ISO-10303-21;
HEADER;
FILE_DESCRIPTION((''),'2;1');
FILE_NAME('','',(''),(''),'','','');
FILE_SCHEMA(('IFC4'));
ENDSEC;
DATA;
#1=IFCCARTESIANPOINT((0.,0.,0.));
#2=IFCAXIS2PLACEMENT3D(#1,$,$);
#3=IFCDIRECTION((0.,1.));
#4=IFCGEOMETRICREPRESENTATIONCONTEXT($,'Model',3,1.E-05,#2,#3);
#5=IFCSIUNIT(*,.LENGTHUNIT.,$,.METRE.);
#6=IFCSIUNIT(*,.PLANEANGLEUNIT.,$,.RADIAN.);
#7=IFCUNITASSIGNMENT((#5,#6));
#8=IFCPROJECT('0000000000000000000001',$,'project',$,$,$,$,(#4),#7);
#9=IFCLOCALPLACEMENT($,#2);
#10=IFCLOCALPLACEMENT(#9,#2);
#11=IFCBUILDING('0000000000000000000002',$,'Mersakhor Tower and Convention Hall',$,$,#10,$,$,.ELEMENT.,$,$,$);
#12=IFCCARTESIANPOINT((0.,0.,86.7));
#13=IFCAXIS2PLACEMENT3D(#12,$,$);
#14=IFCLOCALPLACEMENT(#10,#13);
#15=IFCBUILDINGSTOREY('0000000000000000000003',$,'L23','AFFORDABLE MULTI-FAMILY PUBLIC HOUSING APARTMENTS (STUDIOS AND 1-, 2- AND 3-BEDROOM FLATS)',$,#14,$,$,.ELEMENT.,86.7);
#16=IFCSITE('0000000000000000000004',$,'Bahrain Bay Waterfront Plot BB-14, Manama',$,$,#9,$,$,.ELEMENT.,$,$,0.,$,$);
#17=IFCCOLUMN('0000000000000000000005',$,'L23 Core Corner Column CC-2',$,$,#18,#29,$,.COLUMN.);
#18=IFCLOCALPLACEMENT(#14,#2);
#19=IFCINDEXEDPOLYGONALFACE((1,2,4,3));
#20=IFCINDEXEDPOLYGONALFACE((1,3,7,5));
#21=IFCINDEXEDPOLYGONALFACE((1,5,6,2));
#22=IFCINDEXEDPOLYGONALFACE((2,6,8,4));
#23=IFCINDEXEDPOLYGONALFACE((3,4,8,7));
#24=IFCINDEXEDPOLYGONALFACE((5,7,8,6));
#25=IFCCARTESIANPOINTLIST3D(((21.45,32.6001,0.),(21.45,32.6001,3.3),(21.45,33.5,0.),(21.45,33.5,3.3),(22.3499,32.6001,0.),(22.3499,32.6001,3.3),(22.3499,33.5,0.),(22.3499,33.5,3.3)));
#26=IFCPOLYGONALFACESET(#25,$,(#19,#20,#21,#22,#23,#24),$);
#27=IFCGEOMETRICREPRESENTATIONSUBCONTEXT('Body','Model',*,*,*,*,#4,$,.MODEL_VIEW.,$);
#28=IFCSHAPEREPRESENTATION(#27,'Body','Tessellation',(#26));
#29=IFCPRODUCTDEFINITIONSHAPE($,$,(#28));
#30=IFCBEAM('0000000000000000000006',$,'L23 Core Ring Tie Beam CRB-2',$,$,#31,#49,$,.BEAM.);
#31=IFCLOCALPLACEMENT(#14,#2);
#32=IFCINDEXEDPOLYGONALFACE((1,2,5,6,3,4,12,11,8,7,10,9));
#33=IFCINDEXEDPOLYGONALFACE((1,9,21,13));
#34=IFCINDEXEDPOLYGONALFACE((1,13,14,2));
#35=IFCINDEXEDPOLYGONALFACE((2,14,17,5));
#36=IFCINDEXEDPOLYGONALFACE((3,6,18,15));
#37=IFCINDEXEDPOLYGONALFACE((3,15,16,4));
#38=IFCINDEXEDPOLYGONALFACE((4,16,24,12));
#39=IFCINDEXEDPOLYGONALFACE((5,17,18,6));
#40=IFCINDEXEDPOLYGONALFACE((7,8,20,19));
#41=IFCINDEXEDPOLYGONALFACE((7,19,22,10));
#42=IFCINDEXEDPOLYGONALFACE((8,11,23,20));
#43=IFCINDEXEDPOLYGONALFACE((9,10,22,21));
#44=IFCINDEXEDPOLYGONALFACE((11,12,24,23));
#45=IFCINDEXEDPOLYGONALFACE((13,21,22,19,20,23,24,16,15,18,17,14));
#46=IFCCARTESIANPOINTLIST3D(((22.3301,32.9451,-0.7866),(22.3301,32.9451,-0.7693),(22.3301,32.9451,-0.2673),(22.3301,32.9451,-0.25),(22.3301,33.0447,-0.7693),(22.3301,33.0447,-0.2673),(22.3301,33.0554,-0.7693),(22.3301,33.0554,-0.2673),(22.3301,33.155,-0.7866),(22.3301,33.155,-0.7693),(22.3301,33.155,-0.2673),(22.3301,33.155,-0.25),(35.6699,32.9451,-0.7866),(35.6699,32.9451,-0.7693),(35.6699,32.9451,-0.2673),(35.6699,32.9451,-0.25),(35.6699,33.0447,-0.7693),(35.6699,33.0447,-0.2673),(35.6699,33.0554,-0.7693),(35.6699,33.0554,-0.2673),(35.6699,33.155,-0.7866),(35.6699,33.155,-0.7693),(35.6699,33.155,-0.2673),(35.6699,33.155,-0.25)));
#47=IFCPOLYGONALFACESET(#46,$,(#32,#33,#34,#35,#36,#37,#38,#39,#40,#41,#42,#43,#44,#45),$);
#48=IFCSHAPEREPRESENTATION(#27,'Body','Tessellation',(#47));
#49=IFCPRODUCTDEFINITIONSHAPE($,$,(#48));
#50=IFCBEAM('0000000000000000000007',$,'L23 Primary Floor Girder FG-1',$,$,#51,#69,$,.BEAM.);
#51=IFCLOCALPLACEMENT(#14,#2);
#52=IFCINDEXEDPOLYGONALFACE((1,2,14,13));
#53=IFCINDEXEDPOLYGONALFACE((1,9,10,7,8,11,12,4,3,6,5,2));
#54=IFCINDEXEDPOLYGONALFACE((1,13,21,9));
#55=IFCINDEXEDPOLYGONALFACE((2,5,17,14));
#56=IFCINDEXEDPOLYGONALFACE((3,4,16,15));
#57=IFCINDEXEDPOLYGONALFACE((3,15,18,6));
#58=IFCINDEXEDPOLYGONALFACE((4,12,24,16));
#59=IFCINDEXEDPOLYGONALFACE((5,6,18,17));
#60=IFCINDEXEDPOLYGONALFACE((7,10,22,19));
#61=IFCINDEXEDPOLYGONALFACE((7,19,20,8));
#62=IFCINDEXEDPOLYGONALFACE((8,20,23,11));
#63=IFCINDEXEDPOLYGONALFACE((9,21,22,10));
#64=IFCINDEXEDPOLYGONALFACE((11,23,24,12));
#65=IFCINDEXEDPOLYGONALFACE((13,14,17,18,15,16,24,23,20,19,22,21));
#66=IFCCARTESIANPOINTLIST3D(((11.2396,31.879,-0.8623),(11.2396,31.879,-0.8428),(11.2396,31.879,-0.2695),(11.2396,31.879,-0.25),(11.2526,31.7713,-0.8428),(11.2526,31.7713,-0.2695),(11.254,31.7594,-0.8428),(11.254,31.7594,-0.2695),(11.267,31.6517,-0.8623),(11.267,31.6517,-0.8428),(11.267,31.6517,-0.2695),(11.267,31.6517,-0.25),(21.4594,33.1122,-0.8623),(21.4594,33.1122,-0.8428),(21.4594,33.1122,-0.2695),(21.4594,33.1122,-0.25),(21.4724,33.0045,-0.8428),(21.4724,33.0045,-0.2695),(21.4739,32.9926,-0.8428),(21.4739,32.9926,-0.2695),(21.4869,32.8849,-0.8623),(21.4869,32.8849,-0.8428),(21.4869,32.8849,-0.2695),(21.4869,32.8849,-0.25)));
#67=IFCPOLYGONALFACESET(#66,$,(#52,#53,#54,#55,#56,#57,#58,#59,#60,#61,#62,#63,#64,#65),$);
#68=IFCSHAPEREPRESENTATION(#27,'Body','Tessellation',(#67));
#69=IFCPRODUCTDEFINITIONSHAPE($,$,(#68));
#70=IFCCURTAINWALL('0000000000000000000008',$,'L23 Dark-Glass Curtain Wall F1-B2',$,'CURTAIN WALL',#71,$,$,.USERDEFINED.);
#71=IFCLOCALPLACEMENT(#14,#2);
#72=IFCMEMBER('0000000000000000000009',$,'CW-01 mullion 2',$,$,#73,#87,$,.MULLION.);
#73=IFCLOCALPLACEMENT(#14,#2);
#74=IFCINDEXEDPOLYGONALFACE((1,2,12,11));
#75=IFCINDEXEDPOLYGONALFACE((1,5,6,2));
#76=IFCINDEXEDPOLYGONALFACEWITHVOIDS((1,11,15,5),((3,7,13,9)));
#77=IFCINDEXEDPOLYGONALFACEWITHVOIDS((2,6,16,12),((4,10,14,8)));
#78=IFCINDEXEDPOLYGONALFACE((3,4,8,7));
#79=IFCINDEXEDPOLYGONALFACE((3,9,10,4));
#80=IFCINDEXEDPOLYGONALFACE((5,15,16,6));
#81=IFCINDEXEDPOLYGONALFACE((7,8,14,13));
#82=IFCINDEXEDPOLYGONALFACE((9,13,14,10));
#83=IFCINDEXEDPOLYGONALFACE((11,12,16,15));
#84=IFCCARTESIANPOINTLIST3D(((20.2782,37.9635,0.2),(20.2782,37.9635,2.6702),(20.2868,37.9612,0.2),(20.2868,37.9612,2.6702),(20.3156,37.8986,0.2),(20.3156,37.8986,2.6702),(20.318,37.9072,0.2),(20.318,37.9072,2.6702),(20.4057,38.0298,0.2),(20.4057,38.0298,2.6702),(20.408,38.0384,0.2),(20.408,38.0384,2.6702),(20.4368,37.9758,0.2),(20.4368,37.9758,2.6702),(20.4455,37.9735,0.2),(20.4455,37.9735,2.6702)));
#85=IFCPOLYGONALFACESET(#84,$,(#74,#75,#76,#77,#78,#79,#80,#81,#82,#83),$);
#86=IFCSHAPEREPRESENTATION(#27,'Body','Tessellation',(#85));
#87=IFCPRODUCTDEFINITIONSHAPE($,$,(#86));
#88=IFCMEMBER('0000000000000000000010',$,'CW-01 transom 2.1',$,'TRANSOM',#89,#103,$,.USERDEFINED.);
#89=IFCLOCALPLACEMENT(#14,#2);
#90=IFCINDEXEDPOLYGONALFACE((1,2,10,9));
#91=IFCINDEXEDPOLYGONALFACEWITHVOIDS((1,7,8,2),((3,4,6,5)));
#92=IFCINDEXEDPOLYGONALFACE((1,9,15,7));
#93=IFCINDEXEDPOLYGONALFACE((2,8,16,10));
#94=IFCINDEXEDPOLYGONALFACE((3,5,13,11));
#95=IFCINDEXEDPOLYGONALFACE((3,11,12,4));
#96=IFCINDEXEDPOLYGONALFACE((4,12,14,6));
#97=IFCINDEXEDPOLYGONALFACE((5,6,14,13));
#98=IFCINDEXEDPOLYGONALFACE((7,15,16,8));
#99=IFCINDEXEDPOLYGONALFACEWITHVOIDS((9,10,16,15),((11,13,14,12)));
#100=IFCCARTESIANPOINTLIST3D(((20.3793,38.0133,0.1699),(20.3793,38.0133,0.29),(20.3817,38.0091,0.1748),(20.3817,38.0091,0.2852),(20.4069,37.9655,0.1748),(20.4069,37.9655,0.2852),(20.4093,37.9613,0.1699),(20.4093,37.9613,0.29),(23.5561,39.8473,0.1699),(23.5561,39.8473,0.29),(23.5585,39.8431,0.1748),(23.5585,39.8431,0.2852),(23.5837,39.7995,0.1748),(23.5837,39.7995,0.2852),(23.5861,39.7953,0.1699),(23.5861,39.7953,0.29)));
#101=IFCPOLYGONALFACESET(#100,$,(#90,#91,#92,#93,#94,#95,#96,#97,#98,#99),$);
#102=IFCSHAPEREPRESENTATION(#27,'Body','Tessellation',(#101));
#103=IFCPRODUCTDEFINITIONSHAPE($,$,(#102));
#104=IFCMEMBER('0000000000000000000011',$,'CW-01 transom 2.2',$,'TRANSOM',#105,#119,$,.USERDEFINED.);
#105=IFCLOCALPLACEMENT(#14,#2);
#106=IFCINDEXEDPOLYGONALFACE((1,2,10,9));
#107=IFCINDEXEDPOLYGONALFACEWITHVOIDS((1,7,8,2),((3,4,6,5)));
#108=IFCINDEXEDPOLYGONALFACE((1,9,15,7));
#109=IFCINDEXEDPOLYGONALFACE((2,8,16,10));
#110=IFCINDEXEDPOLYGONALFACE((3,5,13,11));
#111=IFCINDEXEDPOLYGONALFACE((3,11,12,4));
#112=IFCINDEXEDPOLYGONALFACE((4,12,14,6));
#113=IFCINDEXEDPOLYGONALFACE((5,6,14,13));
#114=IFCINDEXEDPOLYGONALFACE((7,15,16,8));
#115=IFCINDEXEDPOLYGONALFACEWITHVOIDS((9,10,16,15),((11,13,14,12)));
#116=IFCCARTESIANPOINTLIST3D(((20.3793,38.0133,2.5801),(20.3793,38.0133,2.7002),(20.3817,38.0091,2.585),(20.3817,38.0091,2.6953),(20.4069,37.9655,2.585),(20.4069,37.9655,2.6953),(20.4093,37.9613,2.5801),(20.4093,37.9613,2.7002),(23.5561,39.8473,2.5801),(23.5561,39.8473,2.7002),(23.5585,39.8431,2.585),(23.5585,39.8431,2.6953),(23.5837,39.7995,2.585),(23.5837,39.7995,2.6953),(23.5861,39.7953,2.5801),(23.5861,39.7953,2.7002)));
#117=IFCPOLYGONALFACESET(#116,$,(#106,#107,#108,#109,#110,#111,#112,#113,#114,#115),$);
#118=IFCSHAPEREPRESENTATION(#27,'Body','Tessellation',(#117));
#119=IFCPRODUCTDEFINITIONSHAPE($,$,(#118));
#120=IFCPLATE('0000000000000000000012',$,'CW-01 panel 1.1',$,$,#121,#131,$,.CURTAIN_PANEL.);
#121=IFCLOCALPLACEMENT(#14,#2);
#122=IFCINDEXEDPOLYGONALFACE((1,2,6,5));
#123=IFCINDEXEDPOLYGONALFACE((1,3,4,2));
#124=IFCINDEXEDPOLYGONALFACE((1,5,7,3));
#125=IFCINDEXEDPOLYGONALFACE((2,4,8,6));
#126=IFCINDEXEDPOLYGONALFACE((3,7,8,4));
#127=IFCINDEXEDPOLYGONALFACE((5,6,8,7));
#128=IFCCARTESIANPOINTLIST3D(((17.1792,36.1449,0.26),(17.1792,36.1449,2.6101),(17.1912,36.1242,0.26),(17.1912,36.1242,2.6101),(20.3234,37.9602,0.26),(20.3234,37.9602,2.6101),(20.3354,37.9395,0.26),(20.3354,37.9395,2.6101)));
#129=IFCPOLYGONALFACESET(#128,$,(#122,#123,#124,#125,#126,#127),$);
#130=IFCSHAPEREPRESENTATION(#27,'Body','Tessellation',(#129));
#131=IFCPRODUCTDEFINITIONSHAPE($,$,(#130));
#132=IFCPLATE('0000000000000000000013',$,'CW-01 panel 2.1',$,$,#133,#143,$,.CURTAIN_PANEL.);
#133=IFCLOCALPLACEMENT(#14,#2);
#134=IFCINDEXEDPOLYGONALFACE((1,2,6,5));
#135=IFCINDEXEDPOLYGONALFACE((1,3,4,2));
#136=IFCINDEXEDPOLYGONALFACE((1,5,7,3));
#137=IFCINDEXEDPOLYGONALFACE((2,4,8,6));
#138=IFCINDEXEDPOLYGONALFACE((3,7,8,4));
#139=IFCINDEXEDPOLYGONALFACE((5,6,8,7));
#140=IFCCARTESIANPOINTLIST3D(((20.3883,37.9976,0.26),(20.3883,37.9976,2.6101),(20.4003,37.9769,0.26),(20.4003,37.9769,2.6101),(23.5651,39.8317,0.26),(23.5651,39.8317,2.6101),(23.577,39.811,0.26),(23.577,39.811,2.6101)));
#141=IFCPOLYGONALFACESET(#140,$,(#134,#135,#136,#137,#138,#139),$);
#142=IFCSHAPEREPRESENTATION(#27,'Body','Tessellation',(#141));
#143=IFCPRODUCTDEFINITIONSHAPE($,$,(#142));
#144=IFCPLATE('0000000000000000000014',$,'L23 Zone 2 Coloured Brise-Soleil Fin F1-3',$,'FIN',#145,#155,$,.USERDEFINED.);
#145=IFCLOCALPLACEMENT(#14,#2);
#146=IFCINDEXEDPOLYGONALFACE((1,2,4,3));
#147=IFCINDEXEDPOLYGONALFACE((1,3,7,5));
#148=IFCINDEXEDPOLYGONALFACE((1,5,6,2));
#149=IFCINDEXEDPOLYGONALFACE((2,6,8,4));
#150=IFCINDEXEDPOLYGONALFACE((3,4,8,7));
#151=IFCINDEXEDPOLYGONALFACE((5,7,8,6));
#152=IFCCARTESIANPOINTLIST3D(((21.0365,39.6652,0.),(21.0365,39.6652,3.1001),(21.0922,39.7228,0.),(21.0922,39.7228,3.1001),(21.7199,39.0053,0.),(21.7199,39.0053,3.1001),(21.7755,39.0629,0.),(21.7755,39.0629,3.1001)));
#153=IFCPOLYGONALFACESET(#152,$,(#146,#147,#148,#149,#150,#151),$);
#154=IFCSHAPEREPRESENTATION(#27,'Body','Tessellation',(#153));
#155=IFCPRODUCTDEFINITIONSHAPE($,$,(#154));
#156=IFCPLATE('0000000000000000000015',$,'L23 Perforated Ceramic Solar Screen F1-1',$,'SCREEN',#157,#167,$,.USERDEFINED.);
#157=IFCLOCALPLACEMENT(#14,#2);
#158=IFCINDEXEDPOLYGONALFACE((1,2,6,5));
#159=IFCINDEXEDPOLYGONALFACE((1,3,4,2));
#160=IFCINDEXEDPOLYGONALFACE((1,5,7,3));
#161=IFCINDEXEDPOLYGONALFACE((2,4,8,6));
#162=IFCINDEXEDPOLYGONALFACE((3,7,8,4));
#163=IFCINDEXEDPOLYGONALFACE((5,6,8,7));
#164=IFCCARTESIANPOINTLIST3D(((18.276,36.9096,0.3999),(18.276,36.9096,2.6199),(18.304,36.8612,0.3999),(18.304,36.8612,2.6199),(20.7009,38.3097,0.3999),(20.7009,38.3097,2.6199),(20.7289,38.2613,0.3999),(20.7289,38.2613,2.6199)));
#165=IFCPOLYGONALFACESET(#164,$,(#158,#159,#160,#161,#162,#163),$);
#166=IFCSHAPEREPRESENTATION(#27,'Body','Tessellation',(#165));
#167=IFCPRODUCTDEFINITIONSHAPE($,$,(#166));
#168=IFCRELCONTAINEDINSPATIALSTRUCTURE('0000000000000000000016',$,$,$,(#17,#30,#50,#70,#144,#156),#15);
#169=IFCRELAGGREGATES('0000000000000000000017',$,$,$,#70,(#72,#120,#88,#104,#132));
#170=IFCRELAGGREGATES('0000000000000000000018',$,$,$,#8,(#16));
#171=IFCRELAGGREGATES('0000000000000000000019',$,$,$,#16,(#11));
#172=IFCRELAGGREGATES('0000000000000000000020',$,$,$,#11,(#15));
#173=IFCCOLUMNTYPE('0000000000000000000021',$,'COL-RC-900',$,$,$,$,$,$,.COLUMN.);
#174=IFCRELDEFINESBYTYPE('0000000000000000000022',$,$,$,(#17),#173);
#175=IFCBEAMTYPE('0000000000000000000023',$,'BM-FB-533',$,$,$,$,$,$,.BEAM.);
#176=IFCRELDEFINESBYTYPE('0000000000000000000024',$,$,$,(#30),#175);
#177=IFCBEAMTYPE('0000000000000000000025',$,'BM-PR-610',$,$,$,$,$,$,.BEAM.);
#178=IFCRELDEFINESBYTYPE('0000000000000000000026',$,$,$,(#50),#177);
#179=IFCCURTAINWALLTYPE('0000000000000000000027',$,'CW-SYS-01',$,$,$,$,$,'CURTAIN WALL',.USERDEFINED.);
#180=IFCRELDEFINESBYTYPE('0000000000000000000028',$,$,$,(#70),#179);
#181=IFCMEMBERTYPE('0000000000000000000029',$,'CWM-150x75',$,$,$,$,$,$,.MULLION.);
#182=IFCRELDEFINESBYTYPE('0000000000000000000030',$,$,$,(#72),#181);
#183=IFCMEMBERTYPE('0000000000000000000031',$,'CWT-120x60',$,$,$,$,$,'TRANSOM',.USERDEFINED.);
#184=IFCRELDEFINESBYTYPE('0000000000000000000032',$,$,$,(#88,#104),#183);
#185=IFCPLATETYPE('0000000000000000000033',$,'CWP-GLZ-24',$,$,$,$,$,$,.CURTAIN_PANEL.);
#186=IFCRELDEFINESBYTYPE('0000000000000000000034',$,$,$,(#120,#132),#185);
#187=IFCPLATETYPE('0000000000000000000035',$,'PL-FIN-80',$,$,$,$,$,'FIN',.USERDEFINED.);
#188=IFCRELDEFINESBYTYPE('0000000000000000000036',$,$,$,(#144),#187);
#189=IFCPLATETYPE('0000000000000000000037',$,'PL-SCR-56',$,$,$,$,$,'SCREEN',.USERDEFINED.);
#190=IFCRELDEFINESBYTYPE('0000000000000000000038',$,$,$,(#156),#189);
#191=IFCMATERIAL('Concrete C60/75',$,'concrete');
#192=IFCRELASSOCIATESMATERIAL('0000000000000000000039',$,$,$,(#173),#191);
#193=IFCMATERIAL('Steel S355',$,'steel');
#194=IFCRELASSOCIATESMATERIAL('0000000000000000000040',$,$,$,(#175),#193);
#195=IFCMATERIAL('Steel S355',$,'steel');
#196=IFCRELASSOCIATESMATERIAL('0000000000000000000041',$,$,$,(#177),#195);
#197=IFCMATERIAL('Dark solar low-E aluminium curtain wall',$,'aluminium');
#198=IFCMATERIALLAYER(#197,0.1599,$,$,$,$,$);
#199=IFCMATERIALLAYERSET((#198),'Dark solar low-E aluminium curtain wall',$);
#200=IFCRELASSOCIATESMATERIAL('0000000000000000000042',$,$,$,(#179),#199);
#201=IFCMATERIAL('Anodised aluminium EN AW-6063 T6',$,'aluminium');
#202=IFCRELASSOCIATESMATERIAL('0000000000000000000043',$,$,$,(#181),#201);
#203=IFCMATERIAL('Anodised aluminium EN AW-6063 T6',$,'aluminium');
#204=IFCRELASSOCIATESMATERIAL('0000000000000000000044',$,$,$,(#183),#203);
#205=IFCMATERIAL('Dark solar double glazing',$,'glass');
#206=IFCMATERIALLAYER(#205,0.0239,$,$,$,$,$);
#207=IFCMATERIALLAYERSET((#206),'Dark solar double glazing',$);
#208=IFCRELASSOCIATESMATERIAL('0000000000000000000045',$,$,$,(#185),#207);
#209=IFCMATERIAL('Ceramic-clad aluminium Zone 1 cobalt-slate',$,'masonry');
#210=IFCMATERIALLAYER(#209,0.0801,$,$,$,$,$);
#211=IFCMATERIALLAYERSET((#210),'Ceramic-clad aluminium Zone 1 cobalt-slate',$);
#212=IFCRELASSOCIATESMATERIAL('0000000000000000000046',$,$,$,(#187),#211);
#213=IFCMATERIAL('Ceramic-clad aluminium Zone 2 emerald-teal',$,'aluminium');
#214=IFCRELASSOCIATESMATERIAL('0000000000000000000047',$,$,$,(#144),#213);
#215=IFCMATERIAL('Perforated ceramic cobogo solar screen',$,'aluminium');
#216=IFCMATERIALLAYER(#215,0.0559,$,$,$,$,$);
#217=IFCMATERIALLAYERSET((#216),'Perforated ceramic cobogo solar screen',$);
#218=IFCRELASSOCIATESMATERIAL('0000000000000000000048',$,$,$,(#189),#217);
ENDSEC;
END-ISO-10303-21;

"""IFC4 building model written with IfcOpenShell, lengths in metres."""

from ifc_helpers import new_model, si_unit, direction, frame, origin, origin_2d, place, context, subcontext, project, spatial, rectangle, hollow_rectangle, i_section, extrude, material, layer, layer_set, material_profile, profile_set, type_object, element, aggregate, save


model = new_model("IFC4")

# Units and contexts
model_context = context("Model", 3, precision=1e-05, world=origin(), true_north=direction((0.0, 1.0)))
body_context = subcontext(model_context, "Body", "Model", "MODEL_VIEW")
ifc_project = project(units=[si_unit("LENGTHUNIT", "METRE"), si_unit("PLANEANGLEUNIT", "RADIAN")], contexts=[model_context])

# Site, building, storey
site_placement = place(None, origin())
site = spatial("IfcSite", under=ifc_project, at=site_placement, Name="Bahrain Bay Waterfront Plot BB-14, Manama", CompositionType="ELEMENT", RefElevation=0.0)
building_placement = place(site_placement, origin())
building = spatial("IfcBuilding", under=site, at=building_placement, Name="Mersakhor Tower and Convention Hall", CompositionType="ELEMENT")
storey_placement = place(building_placement, frame((0.0, 0.0, 86.7)))
storey = spatial("IfcBuildingStorey", under=building, at=storey_placement, Name="L23", Description="AFFORDABLE MULTI-FAMILY PUBLIC HOUSING APARTMENTS (STUDIOS AND 1-, 2- AND 3-BEDROOM FLATS)", CompositionType="ELEMENT", Elevation=86.7)

# Column
ifc_material_1 = material(Name="Concrete C60/75", Category="concrete")
ifc_material_profile_1 = material_profile(ifc_material_1, rectangle(XDim=0.8999, YDim=0.8999, at=origin_2d()), Name="RC 900x900")
ifc_profile_set_1 = profile_set([ifc_material_profile_1], Name="Concrete C60/75")
column_type = type_object("IfcColumnType", Name="COL-RC-900", PredefinedType="COLUMN", material=ifc_profile_set_1)
column_placement = place(storey_placement, frame((21.8999, 33.05, 0.0), z_axis=(0.0, 0.0, 1.0), x_axis=(1.0, 0.0, 0.0)))
element("IfcColumn", 1, at=column_placement, inside=storey, type_object=column_type, Name="L23 Core Corner Column CC-2", PredefinedType="COLUMN", context=body_context, shape_type="SweptSolid", body=[
    extrude(rectangle(XDim=0.8999, YDim=0.8999, at=origin_2d()), origin(), (0.0, 0.0, 1.0), 3.3),
])

# Beams
ifc_material_2 = material(Name="Steel S355", Category="steel")
ifc_material_profile_2 = material_profile(ifc_material_2, i_section(OverallWidth=0.21, OverallDepth=0.5366, WebThickness=0.0107, FlangeThickness=0.0173, at=origin_2d()), Name="UB 533x210x101")
ifc_profile_set_2 = profile_set([ifc_material_profile_2], Name="Steel S355")
beam_type_1 = type_object("IfcBeamType", Name="BM-FB-533", PredefinedType="BEAM", material=ifc_profile_set_2)
beam_1_placement = place(storey_placement, frame((22.3301, 33.05, -0.5183), z_axis=(1.0, 0.0, 0.0), x_axis=(0.0, 1.0, 0.0)))
element("IfcBeam", 2, at=beam_1_placement, inside=storey, type_object=beam_type_1, Name="L23 Core Ring Tie Beam CRB-2", PredefinedType="BEAM", context=body_context, shape_type="SweptSolid", body=[
    extrude(i_section(OverallWidth=0.21, OverallDepth=0.5366, WebThickness=0.0107, FlangeThickness=0.0173, at=origin_2d()), origin(), (0.0, 0.0, 1.0), 13.3398),
])
ifc_material_3 = material(Name="Steel S355", Category="steel")
ifc_material_profile_3 = material_profile(ifc_material_3, i_section(OverallWidth=0.229, OverallDepth=0.6123, WebThickness=0.012, FlangeThickness=0.0195, at=origin_2d()), Name="UB 610x229x125")
ifc_profile_set_3 = profile_set([ifc_material_profile_3], Name="Steel S355")
beam_type_2 = type_object("IfcBeamType", Name="BM-PR-610", PredefinedType="BEAM", material=ifc_profile_set_3)
beam_2_placement = place(storey_placement, frame((21.4731, 32.9985, -0.5562), z_axis=(-0.992799, -0.119795, 0.0), x_axis=(0.119795, -0.992799, 0.0)))
element("IfcBeam", 3, at=beam_2_placement, inside=storey, type_object=beam_type_2, Name="L23 Primary Floor Girder FG-1", PredefinedType="BEAM", context=body_context, shape_type="SweptSolid", body=[
    extrude(i_section(OverallWidth=0.229, OverallDepth=0.6123, WebThickness=0.012, FlangeThickness=0.0195, at=origin_2d()), origin(), (0.0, 0.0, 1.0), 10.2939),
])

# Curtain wall, members, plates
ifc_material_4 = material(Name="Dark solar low-E aluminium curtain wall", Category="aluminium")
ifc_layer_1 = layer(ifc_material_4, 0.1599)
ifc_layer_set_1 = layer_set([ifc_layer_1], Name="Dark solar low-E aluminium curtain wall")
curtain_wall_type = type_object("IfcCurtainWallType", Name="CW-SYS-01", ElementType="CURTAIN WALL", PredefinedType="USERDEFINED", material=ifc_layer_set_1)
curtain_wall_placement = place(storey_placement, origin())
curtain_wall = element("IfcCurtainWall", 4, at=curtain_wall_placement, inside=storey, type_object=curtain_wall_type, Name="L23 Dark-Glass Curtain Wall F1-B2", ObjectType="CURTAIN WALL", PredefinedType="USERDEFINED")
ifc_material_5 = material(Name="Anodised aluminium EN AW-6063 T6", Category="aluminium")
ifc_material_profile_4 = material_profile(ifc_material_5, hollow_rectangle(XDim=0.075, YDim=0.1499, WallThickness=0.0063, at=origin_2d()), Name="RHS 150x75x6.3")
ifc_profile_set_4 = profile_set([ifc_material_profile_4], Name="Anodised aluminium EN AW-6063 T6")
member_type_1 = type_object("IfcMemberType", Name="CWM-150x75", PredefinedType="MULLION", material=ifc_profile_set_4)
member_1_placement = place(storey_placement, frame((20.3618, 37.9685, 0.2), z_axis=(0.0, 0.0, 1.0), x_axis=(-0.499998, 0.866027, 0.0)))
member_1 = element("IfcMember", 5, at=member_1_placement, type_object=member_type_1, Name="CW-01 mullion 2", PredefinedType="MULLION", context=body_context, shape_type="SweptSolid", body=[
    extrude(hollow_rectangle(XDim=0.075, YDim=0.1499, WallThickness=0.0063, at=origin_2d()), origin(), (0.0, 0.0, 1.0), 2.4702),
])
ifc_material_6 = material(Name="Anodised aluminium EN AW-6063 T6", Category="aluminium")
ifc_material_profile_5 = material_profile(ifc_material_6, hollow_rectangle(XDim=0.0601, YDim=0.1201, WallThickness=0.0049, at=origin_2d()), Name="RHS 120x60x5")
ifc_profile_set_5 = profile_set([ifc_material_profile_5], Name="Anodised aluminium EN AW-6063 T6")
member_type_2 = type_object("IfcMemberType", Name="CWT-120x60", ElementType="TRANSOM", PredefinedType="USERDEFINED", material=ifc_profile_set_5)
member_2_placement = place(storey_placement, frame((20.3943, 37.9873, 0.23), z_axis=(0.866039, 0.499976, 0.0), x_axis=(-0.499976, 0.866039, 0.0)))
member_2 = element("IfcMember", 6, at=member_2_placement, type_object=member_type_2, Name="CW-01 transom 2.1", ObjectType="TRANSOM", PredefinedType="USERDEFINED", context=body_context, shape_type="SweptSolid", body=[
    extrude(hollow_rectangle(XDim=0.0601, YDim=0.1201, WallThickness=0.0049, at=origin_2d()), origin(), (0.0, 0.0, 1.0), 3.6682),
])
member_3_placement = place(storey_placement, frame((20.3943, 37.9873, 2.6401), z_axis=(0.866039, 0.499976, 0.0), x_axis=(-0.499976, 0.866039, 0.0)))
member_3 = element("IfcMember", 7, at=member_3_placement, type_object=member_type_2, Name="CW-01 transom 2.2", ObjectType="TRANSOM", PredefinedType="USERDEFINED", context=body_context, shape_type="SweptSolid", body=[
    extrude(hollow_rectangle(XDim=0.0601, YDim=0.1201, WallThickness=0.0049, at=origin_2d()), origin(), (0.0, 0.0, 1.0), 3.6682),
])
ifc_material_7 = material(Name="Dark solar double glazing", Category="glass")
ifc_layer_2 = layer(ifc_material_7, 0.0239)
ifc_layer_set_2 = layer_set([ifc_layer_2], Name="Dark solar double glazing")
plate_type_1 = type_object("IfcPlateType", Name="CWP-GLZ-24", PredefinedType="CURTAIN_PANEL", material=ifc_layer_set_2)
plate_1_placement = place(storey_placement, frame((18.7573, 37.0422, 0.26), z_axis=(0.0, 0.0, 1.0), x_axis=(0.866027, 0.499998, 0.0)))
plate_1 = element("IfcPlate", 8, at=plate_1_placement, type_object=plate_type_1, Name="CW-01 panel 1.1", PredefinedType="CURTAIN_PANEL", context=body_context, shape_type="SweptSolid", body=[
    extrude(rectangle(XDim=3.6306, YDim=0.0239, at=origin_2d()), origin(), (0.0, 0.0, 1.0), 2.3501),
])
plate_2_placement = place(storey_placement, frame((21.9827, 38.9043, 0.26), z_axis=(0.0, 0.0, 1.0), x_axis=(0.866027, 0.499998, 0.0)))
plate_2 = element("IfcPlate", 9, at=plate_2_placement, type_object=plate_type_1, Name="CW-01 panel 2.1", PredefinedType="CURTAIN_PANEL", context=body_context, shape_type="SweptSolid", body=[
    extrude(rectangle(XDim=3.6682, YDim=0.0239, at=origin_2d()), origin(), (0.0, 0.0, 1.0), 2.3501),
])
aggregate(curtain_wall, [member_1, plate_1, member_2, member_3, plate_2])

# Plates
ifc_material_8 = material(Name="Ceramic-clad aluminium Zone 2 emerald-teal", Category="aluminium")
ifc_material_9 = material(Name="Ceramic-clad aluminium Zone 1 cobalt-slate", Category="masonry")
ifc_layer_3 = layer(ifc_material_9, 0.0801)
ifc_layer_set_3 = layer_set([ifc_layer_3], Name="Ceramic-clad aluminium Zone 1 cobalt-slate")
plate_type_2 = type_object("IfcPlateType", Name="PL-FIN-80", ElementType="FIN", PredefinedType="USERDEFINED", material=ifc_layer_set_3)
plate_3_placement = place(storey_placement, frame((21.406, 39.364, 0.0), z_axis=(0.0, 0.0, 1.0), x_axis=(-0.71934, 0.694658, 0.0)))
element("IfcPlate", 10, at=plate_3_placement, inside=storey, type_object=plate_type_2, material=ifc_material_8, Name="L23 Zone 2 Coloured Brise-Soleil Fin F1-3", ObjectType="FIN", PredefinedType="USERDEFINED", context=body_context, shape_type="SweptSolid", body=[
    extrude(rectangle(XDim=0.95, YDim=0.0801, at=origin_2d()), origin(), (0.0, 0.0, 1.0), 3.1001),
])
ifc_material_10 = material(Name="Perforated ceramic cobogo solar screen", Category="aluminium")
ifc_layer_4 = layer(ifc_material_10, 0.0559)
ifc_layer_set_4 = layer_set([ifc_layer_4], Name="Perforated ceramic cobogo solar screen")
plate_type_3 = type_object("IfcPlateType", Name="PL-SCR-56", ElementType="SCREEN", PredefinedType="USERDEFINED", material=ifc_layer_set_4)
plate_4_placement = place(storey_placement, frame((19.5024, 37.5854, 0.3999), z_axis=(0.0, 0.0, 1.0), x_axis=(0.866025, 0.5, 0.0)))
element("IfcPlate", 11, at=plate_4_placement, inside=storey, type_object=plate_type_3, Name="L23 Perforated Ceramic Solar Screen F1-1", ObjectType="SCREEN", PredefinedType="USERDEFINED", context=body_context, shape_type="SweptSolid", body=[
    extrude(rectangle(XDim=2.8, YDim=0.0559, at=origin_2d()), origin(), (0.0, 0.0, 1.0), 2.22),
])

save(model, "model.ifc")
